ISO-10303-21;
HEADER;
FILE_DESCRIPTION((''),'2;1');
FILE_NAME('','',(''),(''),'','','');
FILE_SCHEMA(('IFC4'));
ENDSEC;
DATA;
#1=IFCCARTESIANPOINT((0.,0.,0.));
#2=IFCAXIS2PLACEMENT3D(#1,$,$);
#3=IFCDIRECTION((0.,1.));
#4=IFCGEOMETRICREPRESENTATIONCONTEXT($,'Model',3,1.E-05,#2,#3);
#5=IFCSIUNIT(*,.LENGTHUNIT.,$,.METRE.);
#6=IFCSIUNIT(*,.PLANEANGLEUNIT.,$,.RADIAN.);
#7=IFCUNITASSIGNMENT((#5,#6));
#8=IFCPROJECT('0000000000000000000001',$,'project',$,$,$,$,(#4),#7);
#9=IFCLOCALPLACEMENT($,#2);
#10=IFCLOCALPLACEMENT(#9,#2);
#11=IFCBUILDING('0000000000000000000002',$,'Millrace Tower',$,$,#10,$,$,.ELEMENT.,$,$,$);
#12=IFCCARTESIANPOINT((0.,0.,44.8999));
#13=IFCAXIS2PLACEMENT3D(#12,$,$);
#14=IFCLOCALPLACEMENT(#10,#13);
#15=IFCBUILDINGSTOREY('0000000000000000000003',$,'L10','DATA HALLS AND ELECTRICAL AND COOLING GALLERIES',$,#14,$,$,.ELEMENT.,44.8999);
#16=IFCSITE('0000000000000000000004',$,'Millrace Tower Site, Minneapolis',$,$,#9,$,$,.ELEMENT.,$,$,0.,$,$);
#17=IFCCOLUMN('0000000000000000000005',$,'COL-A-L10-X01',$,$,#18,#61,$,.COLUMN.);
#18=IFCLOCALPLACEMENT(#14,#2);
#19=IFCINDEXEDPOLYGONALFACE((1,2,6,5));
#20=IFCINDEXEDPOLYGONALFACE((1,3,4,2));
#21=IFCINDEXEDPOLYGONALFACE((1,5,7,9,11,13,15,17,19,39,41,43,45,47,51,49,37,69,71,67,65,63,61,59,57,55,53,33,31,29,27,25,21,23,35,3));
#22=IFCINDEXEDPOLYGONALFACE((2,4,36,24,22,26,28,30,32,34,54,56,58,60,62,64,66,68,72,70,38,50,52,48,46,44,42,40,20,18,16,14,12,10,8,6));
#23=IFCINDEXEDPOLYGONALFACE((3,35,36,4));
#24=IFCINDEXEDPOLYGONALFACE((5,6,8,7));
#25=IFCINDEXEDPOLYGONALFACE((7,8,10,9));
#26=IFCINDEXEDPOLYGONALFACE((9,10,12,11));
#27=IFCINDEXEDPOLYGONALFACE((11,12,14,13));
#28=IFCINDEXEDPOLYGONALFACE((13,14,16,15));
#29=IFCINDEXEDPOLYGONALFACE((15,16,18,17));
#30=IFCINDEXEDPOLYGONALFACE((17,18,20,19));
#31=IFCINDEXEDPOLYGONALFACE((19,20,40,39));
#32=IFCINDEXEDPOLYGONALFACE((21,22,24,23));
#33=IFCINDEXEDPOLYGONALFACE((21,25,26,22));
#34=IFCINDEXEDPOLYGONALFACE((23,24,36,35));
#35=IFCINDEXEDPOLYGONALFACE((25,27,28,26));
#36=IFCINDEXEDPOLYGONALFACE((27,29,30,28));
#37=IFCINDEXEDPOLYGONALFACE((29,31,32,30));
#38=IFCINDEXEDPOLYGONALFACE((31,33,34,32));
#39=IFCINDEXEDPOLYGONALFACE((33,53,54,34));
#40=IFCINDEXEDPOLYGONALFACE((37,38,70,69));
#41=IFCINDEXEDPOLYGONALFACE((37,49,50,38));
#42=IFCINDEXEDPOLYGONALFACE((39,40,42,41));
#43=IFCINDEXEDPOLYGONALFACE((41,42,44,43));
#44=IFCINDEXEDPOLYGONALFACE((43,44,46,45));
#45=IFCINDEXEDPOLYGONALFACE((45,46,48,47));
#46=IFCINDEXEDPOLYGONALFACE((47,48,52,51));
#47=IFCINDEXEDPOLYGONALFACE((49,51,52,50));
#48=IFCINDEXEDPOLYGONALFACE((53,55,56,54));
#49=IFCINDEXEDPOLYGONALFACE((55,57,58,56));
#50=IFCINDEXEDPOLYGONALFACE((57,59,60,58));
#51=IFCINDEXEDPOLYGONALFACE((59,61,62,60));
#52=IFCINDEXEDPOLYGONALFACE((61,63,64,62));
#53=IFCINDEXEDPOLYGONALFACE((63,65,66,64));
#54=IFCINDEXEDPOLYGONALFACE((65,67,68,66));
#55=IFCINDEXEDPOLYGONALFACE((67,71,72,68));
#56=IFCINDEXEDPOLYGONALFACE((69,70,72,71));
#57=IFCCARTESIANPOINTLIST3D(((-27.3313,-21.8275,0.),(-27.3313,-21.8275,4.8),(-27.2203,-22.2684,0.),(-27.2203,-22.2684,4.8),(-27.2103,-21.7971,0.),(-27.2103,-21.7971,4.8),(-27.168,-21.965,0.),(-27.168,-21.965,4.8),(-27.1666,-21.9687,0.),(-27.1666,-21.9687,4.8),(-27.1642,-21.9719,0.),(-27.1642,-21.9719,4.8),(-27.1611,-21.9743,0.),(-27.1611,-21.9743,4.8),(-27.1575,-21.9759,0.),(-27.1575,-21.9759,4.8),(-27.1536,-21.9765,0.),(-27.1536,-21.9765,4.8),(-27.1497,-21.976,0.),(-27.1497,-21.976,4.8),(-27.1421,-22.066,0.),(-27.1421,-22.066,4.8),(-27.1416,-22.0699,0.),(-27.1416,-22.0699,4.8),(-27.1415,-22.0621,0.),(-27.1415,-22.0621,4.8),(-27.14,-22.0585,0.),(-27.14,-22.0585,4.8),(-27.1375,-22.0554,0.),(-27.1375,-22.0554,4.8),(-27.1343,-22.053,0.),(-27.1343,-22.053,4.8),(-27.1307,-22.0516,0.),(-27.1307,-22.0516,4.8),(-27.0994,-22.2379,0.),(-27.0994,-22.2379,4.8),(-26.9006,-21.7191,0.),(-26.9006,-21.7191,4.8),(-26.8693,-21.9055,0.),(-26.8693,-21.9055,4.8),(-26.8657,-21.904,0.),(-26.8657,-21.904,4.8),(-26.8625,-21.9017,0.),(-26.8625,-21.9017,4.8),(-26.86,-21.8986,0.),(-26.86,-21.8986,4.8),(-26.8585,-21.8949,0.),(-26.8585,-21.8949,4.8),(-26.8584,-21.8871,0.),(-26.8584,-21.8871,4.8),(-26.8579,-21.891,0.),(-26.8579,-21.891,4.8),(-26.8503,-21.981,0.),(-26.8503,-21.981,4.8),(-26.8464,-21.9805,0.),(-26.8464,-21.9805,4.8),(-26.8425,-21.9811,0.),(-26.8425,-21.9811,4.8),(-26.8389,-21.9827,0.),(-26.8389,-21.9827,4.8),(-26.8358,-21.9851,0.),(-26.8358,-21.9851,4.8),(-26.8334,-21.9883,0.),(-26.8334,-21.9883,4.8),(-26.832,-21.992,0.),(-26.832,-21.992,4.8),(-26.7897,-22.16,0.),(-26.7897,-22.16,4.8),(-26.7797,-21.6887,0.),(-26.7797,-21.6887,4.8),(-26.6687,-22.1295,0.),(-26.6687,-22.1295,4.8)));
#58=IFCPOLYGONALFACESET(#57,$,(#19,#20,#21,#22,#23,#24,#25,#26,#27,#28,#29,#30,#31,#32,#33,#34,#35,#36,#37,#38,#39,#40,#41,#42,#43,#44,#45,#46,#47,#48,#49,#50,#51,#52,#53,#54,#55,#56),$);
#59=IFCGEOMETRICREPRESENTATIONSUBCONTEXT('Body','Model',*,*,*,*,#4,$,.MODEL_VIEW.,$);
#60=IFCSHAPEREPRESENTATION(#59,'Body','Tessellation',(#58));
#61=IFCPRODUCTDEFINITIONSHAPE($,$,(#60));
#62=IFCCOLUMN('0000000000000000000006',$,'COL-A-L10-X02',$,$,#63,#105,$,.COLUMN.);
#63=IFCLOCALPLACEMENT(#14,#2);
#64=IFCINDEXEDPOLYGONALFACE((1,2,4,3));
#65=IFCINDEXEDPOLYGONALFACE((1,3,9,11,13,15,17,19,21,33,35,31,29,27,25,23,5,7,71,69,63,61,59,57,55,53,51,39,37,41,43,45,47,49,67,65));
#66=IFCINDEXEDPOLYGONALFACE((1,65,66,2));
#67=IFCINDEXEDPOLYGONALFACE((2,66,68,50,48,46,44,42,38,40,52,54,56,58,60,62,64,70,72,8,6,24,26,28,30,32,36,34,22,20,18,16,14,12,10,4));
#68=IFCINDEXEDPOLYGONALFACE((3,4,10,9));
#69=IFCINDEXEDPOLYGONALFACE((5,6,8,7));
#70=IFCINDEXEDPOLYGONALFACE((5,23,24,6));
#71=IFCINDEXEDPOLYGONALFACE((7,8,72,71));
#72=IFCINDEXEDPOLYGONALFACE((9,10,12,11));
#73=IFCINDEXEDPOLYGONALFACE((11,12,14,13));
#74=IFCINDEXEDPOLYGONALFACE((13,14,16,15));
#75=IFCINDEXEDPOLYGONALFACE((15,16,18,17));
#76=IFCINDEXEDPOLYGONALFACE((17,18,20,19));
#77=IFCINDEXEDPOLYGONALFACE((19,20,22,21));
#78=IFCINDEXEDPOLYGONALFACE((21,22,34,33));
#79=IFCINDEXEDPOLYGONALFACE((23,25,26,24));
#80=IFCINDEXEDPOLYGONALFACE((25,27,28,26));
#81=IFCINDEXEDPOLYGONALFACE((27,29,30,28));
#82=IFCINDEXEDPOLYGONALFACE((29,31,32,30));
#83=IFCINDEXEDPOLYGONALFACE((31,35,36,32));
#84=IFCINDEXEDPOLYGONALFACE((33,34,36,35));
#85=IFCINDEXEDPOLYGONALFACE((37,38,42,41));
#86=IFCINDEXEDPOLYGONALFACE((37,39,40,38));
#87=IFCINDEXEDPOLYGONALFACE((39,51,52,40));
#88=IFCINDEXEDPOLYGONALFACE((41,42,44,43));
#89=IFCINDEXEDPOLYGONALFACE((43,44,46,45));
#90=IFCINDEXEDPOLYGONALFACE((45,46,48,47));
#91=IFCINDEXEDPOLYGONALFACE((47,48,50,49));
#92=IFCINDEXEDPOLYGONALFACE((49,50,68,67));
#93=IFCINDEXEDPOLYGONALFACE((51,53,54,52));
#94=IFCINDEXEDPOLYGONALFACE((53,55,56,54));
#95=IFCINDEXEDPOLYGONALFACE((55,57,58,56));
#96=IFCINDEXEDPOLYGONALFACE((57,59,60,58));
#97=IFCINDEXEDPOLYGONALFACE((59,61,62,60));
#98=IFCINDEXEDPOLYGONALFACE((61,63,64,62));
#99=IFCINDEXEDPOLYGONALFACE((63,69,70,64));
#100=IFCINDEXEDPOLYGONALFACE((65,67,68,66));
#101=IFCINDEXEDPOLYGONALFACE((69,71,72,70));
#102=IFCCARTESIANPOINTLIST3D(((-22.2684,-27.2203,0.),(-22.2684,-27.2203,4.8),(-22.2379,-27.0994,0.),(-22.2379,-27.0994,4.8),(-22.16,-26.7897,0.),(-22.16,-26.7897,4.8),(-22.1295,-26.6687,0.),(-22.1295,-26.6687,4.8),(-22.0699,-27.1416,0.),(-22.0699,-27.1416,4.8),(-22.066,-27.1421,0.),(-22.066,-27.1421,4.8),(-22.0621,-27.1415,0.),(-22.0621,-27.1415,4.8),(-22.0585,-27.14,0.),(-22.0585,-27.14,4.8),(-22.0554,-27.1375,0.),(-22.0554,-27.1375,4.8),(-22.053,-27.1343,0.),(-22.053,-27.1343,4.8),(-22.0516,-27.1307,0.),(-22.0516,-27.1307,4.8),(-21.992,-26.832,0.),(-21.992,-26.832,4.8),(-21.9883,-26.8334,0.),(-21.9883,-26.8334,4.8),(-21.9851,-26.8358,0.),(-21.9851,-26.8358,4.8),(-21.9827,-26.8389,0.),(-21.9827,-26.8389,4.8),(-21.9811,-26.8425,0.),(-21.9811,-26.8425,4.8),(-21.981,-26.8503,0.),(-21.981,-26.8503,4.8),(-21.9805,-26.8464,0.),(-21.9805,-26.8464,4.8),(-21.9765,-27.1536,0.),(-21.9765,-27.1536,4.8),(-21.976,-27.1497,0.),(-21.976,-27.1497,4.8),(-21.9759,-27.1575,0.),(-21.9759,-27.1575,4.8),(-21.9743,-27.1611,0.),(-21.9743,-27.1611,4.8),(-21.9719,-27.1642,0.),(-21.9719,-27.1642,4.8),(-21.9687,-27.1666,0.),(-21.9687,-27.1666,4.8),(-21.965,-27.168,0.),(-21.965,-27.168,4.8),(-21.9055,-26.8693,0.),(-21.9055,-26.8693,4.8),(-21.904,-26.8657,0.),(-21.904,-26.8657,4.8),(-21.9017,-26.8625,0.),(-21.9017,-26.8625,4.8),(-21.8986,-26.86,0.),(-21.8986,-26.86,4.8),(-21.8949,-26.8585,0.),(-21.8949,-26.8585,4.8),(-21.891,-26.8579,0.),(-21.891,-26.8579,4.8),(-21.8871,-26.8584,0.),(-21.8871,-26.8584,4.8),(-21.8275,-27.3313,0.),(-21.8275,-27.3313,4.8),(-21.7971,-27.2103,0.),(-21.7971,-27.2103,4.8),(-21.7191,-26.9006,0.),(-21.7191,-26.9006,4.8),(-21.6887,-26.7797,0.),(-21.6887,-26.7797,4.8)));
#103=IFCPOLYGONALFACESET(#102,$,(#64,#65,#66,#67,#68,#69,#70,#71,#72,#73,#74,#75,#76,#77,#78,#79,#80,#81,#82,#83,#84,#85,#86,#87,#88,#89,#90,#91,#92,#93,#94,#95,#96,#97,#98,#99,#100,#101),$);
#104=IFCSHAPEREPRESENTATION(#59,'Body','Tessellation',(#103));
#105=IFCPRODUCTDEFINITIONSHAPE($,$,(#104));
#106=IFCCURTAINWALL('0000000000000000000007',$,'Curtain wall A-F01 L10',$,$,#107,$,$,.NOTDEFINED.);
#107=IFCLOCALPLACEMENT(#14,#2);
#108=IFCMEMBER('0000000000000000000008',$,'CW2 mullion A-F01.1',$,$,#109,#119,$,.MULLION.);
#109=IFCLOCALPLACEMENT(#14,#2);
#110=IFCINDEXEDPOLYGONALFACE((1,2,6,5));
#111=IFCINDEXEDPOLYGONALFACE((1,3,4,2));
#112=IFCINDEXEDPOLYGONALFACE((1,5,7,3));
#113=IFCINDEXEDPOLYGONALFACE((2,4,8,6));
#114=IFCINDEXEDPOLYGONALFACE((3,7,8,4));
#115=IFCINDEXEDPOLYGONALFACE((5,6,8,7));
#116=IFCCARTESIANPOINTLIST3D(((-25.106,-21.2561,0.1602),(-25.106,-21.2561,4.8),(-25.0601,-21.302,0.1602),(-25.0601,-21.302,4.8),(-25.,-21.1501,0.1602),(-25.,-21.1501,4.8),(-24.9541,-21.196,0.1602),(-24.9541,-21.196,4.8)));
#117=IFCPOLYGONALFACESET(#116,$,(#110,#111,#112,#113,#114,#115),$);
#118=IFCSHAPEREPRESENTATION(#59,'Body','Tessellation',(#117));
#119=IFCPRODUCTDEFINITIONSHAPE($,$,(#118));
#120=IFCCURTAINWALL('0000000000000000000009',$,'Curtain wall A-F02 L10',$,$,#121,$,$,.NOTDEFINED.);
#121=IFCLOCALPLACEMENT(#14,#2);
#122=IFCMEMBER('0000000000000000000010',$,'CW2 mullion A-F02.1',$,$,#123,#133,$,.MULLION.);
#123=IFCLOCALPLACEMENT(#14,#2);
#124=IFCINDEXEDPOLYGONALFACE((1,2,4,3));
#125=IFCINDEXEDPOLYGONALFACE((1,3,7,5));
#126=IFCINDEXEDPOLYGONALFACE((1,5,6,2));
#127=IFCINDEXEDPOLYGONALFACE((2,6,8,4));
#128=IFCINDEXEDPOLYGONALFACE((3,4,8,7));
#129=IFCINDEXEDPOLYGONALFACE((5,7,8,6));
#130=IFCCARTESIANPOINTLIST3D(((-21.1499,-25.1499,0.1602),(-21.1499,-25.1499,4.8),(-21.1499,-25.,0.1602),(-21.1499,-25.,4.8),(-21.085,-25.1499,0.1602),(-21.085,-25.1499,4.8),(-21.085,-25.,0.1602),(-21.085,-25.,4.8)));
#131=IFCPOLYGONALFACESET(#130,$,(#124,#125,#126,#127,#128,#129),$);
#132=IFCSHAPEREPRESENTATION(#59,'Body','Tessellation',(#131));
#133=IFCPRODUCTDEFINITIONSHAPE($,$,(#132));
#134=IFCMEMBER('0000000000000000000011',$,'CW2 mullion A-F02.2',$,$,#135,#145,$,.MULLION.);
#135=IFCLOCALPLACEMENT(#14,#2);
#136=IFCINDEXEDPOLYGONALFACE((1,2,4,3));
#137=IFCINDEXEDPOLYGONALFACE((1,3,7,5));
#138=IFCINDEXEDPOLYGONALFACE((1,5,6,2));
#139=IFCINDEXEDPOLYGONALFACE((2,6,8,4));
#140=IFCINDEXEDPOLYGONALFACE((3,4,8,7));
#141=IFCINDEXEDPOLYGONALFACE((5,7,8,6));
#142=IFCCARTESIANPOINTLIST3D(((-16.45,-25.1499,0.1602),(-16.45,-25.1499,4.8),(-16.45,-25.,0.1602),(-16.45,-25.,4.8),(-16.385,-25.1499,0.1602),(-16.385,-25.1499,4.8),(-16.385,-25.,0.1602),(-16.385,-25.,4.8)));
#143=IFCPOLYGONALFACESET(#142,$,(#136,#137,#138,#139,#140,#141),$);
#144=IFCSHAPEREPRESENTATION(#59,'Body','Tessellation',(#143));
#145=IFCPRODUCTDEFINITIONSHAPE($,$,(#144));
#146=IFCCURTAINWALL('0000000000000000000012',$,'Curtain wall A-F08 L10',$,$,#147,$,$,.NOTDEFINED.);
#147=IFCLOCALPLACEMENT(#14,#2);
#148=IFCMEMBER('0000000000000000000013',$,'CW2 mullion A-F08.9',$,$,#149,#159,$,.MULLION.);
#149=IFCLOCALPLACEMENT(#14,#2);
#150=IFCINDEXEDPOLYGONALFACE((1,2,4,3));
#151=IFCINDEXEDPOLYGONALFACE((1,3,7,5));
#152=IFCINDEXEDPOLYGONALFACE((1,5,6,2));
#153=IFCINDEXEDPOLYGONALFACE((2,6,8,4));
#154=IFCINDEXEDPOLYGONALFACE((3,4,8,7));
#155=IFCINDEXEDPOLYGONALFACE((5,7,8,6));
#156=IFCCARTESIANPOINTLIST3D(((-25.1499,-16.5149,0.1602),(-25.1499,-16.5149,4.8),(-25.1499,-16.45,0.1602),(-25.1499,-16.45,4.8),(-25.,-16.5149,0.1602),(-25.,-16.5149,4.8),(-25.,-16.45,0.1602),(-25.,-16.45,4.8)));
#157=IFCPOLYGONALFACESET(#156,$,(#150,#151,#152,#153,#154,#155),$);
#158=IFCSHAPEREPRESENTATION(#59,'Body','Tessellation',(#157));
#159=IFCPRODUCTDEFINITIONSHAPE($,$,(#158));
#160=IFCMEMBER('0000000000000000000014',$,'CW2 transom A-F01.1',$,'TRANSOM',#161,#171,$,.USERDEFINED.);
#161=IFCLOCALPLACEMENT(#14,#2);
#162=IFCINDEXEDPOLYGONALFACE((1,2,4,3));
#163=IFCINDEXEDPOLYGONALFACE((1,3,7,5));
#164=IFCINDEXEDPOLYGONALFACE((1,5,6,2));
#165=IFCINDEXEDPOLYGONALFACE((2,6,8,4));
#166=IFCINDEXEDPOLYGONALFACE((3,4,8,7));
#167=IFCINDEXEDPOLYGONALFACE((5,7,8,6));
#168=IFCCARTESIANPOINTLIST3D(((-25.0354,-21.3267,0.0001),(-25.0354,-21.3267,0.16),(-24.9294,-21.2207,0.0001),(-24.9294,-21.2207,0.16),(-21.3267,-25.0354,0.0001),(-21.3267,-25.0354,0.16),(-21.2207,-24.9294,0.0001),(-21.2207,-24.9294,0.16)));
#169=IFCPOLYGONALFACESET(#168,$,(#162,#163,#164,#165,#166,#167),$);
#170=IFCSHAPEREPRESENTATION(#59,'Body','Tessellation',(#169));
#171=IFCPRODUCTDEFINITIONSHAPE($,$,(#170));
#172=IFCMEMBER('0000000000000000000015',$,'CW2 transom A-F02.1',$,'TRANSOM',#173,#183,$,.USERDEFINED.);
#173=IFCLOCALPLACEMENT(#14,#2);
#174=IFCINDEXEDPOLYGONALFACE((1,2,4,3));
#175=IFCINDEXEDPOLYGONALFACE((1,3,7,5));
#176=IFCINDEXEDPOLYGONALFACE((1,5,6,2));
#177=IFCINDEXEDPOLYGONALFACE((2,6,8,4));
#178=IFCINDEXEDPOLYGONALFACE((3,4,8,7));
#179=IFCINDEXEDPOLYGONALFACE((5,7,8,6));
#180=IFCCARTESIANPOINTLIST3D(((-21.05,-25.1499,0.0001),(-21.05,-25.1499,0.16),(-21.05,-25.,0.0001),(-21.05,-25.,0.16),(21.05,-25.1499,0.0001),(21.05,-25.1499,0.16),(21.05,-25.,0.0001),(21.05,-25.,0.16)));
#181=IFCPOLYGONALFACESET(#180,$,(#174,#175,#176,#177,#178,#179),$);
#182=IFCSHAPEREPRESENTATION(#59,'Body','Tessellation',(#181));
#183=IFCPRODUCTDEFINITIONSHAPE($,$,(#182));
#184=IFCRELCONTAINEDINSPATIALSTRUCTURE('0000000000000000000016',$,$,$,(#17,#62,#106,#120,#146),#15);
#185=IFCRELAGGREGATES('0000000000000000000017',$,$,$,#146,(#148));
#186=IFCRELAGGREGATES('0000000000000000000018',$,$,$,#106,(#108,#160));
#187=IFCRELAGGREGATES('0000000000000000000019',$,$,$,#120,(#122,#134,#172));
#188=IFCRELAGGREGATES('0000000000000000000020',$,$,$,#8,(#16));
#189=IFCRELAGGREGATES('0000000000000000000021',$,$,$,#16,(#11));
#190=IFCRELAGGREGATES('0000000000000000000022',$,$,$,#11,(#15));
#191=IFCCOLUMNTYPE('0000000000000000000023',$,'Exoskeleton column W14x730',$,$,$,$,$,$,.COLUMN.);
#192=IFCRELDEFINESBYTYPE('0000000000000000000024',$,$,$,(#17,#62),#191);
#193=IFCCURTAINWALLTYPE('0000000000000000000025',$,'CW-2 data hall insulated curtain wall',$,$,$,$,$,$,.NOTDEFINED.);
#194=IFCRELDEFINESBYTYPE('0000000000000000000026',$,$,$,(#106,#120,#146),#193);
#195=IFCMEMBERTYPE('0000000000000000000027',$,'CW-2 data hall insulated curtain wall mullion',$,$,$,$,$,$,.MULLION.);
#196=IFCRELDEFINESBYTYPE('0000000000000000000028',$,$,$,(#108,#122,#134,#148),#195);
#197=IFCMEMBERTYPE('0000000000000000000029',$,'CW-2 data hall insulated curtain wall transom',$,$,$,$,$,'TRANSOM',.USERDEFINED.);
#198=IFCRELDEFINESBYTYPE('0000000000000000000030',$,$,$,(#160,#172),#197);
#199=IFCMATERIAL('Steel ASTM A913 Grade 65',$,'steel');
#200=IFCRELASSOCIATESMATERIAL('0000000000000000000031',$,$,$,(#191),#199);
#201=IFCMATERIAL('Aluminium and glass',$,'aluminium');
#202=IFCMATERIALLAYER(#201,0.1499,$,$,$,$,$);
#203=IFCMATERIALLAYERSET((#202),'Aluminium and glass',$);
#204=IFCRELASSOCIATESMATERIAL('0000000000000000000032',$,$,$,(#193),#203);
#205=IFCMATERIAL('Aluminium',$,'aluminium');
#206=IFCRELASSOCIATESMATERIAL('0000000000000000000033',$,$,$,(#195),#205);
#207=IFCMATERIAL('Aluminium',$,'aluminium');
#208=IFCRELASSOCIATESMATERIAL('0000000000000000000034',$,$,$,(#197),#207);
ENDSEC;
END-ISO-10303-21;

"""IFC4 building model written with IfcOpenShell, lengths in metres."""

from ifc_helpers import new_model, si_unit, direction, frame, origin, origin_2d, place, context, subcontext, project, spatial, rectangle, i_section, extrude, material, layer, layer_set, material_profile, profile_set, type_object, element, aggregate, save


model = new_model("IFC4")

# Units and contexts
model_context = context("Model", 3, precision=1e-05, world=origin(), true_north=direction((0.0, 1.0)))
body_context = subcontext(model_context, "Body", "Model", "MODEL_VIEW")
ifc_project = project(units=[si_unit("LENGTHUNIT", "METRE"), si_unit("PLANEANGLEUNIT", "RADIAN")], contexts=[model_context])

# Site, building, storey
site_placement = place(None, origin())
site = spatial("IfcSite", under=ifc_project, at=site_placement, Name="Millrace Tower Site, Minneapolis", CompositionType="ELEMENT", RefElevation=0.0)
building_placement = place(site_placement, origin())
building = spatial("IfcBuilding", under=site, at=building_placement, Name="Millrace Tower", CompositionType="ELEMENT")
storey_placement = place(building_placement, frame((0.0, 0.0, 44.8999)))
storey = spatial("IfcBuildingStorey", under=building, at=storey_placement, Name="L10", Description="DATA HALLS AND ELECTRICAL AND COOLING GALLERIES", CompositionType="ELEMENT", Elevation=44.8999)

# Columns
ifc_material_1 = material(Name="Steel ASTM A913 Grade 65", Category="steel")
ifc_material_profile_1 = material_profile(ifc_material_1, i_section(OverallWidth=0.4546, OverallDepth=0.5688, WebThickness=0.0779, FlangeThickness=0.1248, FilletRadius=0.0151, at=origin_2d()))
ifc_profile_set_1 = profile_set([ifc_material_profile_1], Name="Steel ASTM A913 Grade 65")
column_type = type_object("IfcColumnType", Name="Exoskeleton column W14x730", PredefinedType="COLUMN", material=ifc_profile_set_1)
for number, where, z_axis, x_axis, name in (
    (1, (-27.0, -21.9785, 0.0), (0.0, 0.0, 1.0), (0.244094, -0.969752, 0.0), "COL-A-L10-X01"),
    (2, (-21.9785, -27.0, 0.0), (0.0, 0.0, 1.0), (0.969752, -0.244094, 0.0), "COL-A-L10-X02"),
):
    element("IfcColumn", number, at=place(storey_placement, frame(where, z_axis=z_axis, x_axis=x_axis)), inside=storey, type_object=column_type, Name=name, PredefinedType="COLUMN", context=body_context, shape_type="SweptSolid", body=[
        extrude(i_section(OverallWidth=0.4546, OverallDepth=0.5688, WebThickness=0.0779, FlangeThickness=0.1248, FilletRadius=0.0151, at=origin_2d()), origin(), (0.0, 0.0, 1.0), 4.8),
    ])

# Curtain wall, member
ifc_material_2 = material(Name="Aluminium and glass", Category="aluminium")
ifc_layer_1 = layer(ifc_material_2, 0.1499)
ifc_layer_set_1 = layer_set([ifc_layer_1], Name="Aluminium and glass")
curtain_wall_type = type_object("IfcCurtainWallType", Name="CW-2 data hall insulated curtain wall", PredefinedType="NOTDEFINED", material=ifc_layer_set_1)
placement = place(storey_placement, origin())
curtain_wall_1 = element("IfcCurtainWall", 3, at=placement, inside=storey, type_object=curtain_wall_type, Name="Curtain wall A-F01 L10", PredefinedType="NOTDEFINED")
ifc_material_3 = material(Name="Aluminium", Category="aluminium")
ifc_material_profile_2 = material_profile(ifc_material_3, rectangle(XDim=0.0649, YDim=0.1499, at=origin_2d()))
ifc_profile_set_2 = profile_set([ifc_material_profile_2], Name="Aluminium")
member_type_1 = type_object("IfcMemberType", Name="CW-2 data hall insulated curtain wall mullion", PredefinedType="MULLION", material=ifc_profile_set_2)
member_1_placement = place(storey_placement, frame((-25.03, -21.2261, 0.1602), z_axis=(0.0, 0.0, 1.0), x_axis=(0.707107, -0.707107, 0.0)))
member_1 = element("IfcMember", 4, at=member_1_placement, type_object=member_type_1, Name="CW2 mullion A-F01.1", PredefinedType="MULLION", context=body_context, shape_type="SweptSolid", body=[
    extrude(rectangle(XDim=0.0649, YDim=0.1499, at=origin_2d()), origin(), (0.0, 0.0, 1.0), 4.6399),
])

# Curtain wall, members
curtain_wall_2 = element("IfcCurtainWall", 5, at=placement, inside=storey, type_object=curtain_wall_type, Name="Curtain wall A-F02 L10", PredefinedType="NOTDEFINED")
member_2_placement = place(storey_placement, frame((-21.1174, -25.075, 0.1602), z_axis=(0.0, 0.0, 1.0), x_axis=(1.0, 0.0, 0.0)))
member_2 = element("IfcMember", 6, at=member_2_placement, type_object=member_type_1, Name="CW2 mullion A-F02.1", PredefinedType="MULLION", context=body_context, shape_type="SweptSolid", body=[
    extrude(rectangle(XDim=0.0649, YDim=0.1499, at=origin_2d()), origin(), (0.0, 0.0, 1.0), 4.6399),
])
member_3_placement = place(storey_placement, frame((-16.4175, -25.075, 0.1602), z_axis=(0.0, 0.0, 1.0), x_axis=(1.0, 0.0, 0.0)))
member_3 = element("IfcMember", 7, at=member_3_placement, type_object=member_type_1, Name="CW2 mullion A-F02.2", PredefinedType="MULLION", context=body_context, shape_type="SweptSolid", body=[
    extrude(rectangle(XDim=0.0649, YDim=0.1499, at=origin_2d()), origin(), (0.0, 0.0, 1.0), 4.6399),
])

# Curtain wall, member
curtain_wall_3 = element("IfcCurtainWall", 8, at=placement, inside=storey, type_object=curtain_wall_type, Name="Curtain wall A-F08 L10", PredefinedType="NOTDEFINED")
member_4_placement = place(storey_placement, frame((-25.075, -16.4824, 0.1602), z_axis=(0.0, 0.0, 1.0), x_axis=(0.0, -1.0, 0.0)))
member_4 = element("IfcMember", 9, at=member_4_placement, type_object=member_type_1, Name="CW2 mullion A-F08.9", PredefinedType="MULLION", context=body_context, shape_type="SweptSolid", body=[
    extrude(rectangle(XDim=0.0649, YDim=0.1499, at=origin_2d()), origin(), (0.0, 0.0, 1.0), 4.6399),
])
aggregate(curtain_wall_3, [member_4])

# Members
ifc_material_4 = material(Name="Aluminium", Category="aluminium")
ifc_material_profile_3 = material_profile(ifc_material_4, rectangle(XDim=0.1499, YDim=0.1599, at=origin_2d()))
ifc_profile_set_3 = profile_set([ifc_material_profile_3], Name="Aluminium")
member_type_2 = type_object("IfcMemberType", Name="CW-2 data hall insulated curtain wall transom", ElementType="TRANSOM", PredefinedType="USERDEFINED", material=ifc_profile_set_3)
member_5_placement = place(storey_placement, frame((-24.9824, -21.2737, 0.0801), z_axis=(0.707107, -0.707107, 0.0), x_axis=(0.707107, 0.707107, 0.0)))
member_5 = element("IfcMember", 10, at=member_5_placement, type_object=member_type_2, Name="CW2 transom A-F01.1", ObjectType="TRANSOM", PredefinedType="USERDEFINED", context=body_context, shape_type="SweptSolid", body=[
    extrude(rectangle(XDim=0.1499, YDim=0.1599, at=origin_2d()), origin(), (0.0, 0.0, 1.0), 5.2449),
])
aggregate(curtain_wall_1, [member_1, member_5])
member_6_placement = place(storey_placement, frame((-21.05, -25.075, 0.0801), z_axis=(1.0, 0.0, 0.0), x_axis=(0.0, 1.0, 0.0)))
member_6 = element("IfcMember", 11, at=member_6_placement, type_object=member_type_2, Name="CW2 transom A-F02.1", ObjectType="TRANSOM", PredefinedType="USERDEFINED", context=body_context, shape_type="SweptSolid", body=[
    extrude(rectangle(XDim=0.1499, YDim=0.1599, at=origin_2d()), origin(), (0.0, 0.0, 1.0), 42.1001),
])
aggregate(curtain_wall_2, [member_2, member_3, member_6])

save(model, "model.ifc")
